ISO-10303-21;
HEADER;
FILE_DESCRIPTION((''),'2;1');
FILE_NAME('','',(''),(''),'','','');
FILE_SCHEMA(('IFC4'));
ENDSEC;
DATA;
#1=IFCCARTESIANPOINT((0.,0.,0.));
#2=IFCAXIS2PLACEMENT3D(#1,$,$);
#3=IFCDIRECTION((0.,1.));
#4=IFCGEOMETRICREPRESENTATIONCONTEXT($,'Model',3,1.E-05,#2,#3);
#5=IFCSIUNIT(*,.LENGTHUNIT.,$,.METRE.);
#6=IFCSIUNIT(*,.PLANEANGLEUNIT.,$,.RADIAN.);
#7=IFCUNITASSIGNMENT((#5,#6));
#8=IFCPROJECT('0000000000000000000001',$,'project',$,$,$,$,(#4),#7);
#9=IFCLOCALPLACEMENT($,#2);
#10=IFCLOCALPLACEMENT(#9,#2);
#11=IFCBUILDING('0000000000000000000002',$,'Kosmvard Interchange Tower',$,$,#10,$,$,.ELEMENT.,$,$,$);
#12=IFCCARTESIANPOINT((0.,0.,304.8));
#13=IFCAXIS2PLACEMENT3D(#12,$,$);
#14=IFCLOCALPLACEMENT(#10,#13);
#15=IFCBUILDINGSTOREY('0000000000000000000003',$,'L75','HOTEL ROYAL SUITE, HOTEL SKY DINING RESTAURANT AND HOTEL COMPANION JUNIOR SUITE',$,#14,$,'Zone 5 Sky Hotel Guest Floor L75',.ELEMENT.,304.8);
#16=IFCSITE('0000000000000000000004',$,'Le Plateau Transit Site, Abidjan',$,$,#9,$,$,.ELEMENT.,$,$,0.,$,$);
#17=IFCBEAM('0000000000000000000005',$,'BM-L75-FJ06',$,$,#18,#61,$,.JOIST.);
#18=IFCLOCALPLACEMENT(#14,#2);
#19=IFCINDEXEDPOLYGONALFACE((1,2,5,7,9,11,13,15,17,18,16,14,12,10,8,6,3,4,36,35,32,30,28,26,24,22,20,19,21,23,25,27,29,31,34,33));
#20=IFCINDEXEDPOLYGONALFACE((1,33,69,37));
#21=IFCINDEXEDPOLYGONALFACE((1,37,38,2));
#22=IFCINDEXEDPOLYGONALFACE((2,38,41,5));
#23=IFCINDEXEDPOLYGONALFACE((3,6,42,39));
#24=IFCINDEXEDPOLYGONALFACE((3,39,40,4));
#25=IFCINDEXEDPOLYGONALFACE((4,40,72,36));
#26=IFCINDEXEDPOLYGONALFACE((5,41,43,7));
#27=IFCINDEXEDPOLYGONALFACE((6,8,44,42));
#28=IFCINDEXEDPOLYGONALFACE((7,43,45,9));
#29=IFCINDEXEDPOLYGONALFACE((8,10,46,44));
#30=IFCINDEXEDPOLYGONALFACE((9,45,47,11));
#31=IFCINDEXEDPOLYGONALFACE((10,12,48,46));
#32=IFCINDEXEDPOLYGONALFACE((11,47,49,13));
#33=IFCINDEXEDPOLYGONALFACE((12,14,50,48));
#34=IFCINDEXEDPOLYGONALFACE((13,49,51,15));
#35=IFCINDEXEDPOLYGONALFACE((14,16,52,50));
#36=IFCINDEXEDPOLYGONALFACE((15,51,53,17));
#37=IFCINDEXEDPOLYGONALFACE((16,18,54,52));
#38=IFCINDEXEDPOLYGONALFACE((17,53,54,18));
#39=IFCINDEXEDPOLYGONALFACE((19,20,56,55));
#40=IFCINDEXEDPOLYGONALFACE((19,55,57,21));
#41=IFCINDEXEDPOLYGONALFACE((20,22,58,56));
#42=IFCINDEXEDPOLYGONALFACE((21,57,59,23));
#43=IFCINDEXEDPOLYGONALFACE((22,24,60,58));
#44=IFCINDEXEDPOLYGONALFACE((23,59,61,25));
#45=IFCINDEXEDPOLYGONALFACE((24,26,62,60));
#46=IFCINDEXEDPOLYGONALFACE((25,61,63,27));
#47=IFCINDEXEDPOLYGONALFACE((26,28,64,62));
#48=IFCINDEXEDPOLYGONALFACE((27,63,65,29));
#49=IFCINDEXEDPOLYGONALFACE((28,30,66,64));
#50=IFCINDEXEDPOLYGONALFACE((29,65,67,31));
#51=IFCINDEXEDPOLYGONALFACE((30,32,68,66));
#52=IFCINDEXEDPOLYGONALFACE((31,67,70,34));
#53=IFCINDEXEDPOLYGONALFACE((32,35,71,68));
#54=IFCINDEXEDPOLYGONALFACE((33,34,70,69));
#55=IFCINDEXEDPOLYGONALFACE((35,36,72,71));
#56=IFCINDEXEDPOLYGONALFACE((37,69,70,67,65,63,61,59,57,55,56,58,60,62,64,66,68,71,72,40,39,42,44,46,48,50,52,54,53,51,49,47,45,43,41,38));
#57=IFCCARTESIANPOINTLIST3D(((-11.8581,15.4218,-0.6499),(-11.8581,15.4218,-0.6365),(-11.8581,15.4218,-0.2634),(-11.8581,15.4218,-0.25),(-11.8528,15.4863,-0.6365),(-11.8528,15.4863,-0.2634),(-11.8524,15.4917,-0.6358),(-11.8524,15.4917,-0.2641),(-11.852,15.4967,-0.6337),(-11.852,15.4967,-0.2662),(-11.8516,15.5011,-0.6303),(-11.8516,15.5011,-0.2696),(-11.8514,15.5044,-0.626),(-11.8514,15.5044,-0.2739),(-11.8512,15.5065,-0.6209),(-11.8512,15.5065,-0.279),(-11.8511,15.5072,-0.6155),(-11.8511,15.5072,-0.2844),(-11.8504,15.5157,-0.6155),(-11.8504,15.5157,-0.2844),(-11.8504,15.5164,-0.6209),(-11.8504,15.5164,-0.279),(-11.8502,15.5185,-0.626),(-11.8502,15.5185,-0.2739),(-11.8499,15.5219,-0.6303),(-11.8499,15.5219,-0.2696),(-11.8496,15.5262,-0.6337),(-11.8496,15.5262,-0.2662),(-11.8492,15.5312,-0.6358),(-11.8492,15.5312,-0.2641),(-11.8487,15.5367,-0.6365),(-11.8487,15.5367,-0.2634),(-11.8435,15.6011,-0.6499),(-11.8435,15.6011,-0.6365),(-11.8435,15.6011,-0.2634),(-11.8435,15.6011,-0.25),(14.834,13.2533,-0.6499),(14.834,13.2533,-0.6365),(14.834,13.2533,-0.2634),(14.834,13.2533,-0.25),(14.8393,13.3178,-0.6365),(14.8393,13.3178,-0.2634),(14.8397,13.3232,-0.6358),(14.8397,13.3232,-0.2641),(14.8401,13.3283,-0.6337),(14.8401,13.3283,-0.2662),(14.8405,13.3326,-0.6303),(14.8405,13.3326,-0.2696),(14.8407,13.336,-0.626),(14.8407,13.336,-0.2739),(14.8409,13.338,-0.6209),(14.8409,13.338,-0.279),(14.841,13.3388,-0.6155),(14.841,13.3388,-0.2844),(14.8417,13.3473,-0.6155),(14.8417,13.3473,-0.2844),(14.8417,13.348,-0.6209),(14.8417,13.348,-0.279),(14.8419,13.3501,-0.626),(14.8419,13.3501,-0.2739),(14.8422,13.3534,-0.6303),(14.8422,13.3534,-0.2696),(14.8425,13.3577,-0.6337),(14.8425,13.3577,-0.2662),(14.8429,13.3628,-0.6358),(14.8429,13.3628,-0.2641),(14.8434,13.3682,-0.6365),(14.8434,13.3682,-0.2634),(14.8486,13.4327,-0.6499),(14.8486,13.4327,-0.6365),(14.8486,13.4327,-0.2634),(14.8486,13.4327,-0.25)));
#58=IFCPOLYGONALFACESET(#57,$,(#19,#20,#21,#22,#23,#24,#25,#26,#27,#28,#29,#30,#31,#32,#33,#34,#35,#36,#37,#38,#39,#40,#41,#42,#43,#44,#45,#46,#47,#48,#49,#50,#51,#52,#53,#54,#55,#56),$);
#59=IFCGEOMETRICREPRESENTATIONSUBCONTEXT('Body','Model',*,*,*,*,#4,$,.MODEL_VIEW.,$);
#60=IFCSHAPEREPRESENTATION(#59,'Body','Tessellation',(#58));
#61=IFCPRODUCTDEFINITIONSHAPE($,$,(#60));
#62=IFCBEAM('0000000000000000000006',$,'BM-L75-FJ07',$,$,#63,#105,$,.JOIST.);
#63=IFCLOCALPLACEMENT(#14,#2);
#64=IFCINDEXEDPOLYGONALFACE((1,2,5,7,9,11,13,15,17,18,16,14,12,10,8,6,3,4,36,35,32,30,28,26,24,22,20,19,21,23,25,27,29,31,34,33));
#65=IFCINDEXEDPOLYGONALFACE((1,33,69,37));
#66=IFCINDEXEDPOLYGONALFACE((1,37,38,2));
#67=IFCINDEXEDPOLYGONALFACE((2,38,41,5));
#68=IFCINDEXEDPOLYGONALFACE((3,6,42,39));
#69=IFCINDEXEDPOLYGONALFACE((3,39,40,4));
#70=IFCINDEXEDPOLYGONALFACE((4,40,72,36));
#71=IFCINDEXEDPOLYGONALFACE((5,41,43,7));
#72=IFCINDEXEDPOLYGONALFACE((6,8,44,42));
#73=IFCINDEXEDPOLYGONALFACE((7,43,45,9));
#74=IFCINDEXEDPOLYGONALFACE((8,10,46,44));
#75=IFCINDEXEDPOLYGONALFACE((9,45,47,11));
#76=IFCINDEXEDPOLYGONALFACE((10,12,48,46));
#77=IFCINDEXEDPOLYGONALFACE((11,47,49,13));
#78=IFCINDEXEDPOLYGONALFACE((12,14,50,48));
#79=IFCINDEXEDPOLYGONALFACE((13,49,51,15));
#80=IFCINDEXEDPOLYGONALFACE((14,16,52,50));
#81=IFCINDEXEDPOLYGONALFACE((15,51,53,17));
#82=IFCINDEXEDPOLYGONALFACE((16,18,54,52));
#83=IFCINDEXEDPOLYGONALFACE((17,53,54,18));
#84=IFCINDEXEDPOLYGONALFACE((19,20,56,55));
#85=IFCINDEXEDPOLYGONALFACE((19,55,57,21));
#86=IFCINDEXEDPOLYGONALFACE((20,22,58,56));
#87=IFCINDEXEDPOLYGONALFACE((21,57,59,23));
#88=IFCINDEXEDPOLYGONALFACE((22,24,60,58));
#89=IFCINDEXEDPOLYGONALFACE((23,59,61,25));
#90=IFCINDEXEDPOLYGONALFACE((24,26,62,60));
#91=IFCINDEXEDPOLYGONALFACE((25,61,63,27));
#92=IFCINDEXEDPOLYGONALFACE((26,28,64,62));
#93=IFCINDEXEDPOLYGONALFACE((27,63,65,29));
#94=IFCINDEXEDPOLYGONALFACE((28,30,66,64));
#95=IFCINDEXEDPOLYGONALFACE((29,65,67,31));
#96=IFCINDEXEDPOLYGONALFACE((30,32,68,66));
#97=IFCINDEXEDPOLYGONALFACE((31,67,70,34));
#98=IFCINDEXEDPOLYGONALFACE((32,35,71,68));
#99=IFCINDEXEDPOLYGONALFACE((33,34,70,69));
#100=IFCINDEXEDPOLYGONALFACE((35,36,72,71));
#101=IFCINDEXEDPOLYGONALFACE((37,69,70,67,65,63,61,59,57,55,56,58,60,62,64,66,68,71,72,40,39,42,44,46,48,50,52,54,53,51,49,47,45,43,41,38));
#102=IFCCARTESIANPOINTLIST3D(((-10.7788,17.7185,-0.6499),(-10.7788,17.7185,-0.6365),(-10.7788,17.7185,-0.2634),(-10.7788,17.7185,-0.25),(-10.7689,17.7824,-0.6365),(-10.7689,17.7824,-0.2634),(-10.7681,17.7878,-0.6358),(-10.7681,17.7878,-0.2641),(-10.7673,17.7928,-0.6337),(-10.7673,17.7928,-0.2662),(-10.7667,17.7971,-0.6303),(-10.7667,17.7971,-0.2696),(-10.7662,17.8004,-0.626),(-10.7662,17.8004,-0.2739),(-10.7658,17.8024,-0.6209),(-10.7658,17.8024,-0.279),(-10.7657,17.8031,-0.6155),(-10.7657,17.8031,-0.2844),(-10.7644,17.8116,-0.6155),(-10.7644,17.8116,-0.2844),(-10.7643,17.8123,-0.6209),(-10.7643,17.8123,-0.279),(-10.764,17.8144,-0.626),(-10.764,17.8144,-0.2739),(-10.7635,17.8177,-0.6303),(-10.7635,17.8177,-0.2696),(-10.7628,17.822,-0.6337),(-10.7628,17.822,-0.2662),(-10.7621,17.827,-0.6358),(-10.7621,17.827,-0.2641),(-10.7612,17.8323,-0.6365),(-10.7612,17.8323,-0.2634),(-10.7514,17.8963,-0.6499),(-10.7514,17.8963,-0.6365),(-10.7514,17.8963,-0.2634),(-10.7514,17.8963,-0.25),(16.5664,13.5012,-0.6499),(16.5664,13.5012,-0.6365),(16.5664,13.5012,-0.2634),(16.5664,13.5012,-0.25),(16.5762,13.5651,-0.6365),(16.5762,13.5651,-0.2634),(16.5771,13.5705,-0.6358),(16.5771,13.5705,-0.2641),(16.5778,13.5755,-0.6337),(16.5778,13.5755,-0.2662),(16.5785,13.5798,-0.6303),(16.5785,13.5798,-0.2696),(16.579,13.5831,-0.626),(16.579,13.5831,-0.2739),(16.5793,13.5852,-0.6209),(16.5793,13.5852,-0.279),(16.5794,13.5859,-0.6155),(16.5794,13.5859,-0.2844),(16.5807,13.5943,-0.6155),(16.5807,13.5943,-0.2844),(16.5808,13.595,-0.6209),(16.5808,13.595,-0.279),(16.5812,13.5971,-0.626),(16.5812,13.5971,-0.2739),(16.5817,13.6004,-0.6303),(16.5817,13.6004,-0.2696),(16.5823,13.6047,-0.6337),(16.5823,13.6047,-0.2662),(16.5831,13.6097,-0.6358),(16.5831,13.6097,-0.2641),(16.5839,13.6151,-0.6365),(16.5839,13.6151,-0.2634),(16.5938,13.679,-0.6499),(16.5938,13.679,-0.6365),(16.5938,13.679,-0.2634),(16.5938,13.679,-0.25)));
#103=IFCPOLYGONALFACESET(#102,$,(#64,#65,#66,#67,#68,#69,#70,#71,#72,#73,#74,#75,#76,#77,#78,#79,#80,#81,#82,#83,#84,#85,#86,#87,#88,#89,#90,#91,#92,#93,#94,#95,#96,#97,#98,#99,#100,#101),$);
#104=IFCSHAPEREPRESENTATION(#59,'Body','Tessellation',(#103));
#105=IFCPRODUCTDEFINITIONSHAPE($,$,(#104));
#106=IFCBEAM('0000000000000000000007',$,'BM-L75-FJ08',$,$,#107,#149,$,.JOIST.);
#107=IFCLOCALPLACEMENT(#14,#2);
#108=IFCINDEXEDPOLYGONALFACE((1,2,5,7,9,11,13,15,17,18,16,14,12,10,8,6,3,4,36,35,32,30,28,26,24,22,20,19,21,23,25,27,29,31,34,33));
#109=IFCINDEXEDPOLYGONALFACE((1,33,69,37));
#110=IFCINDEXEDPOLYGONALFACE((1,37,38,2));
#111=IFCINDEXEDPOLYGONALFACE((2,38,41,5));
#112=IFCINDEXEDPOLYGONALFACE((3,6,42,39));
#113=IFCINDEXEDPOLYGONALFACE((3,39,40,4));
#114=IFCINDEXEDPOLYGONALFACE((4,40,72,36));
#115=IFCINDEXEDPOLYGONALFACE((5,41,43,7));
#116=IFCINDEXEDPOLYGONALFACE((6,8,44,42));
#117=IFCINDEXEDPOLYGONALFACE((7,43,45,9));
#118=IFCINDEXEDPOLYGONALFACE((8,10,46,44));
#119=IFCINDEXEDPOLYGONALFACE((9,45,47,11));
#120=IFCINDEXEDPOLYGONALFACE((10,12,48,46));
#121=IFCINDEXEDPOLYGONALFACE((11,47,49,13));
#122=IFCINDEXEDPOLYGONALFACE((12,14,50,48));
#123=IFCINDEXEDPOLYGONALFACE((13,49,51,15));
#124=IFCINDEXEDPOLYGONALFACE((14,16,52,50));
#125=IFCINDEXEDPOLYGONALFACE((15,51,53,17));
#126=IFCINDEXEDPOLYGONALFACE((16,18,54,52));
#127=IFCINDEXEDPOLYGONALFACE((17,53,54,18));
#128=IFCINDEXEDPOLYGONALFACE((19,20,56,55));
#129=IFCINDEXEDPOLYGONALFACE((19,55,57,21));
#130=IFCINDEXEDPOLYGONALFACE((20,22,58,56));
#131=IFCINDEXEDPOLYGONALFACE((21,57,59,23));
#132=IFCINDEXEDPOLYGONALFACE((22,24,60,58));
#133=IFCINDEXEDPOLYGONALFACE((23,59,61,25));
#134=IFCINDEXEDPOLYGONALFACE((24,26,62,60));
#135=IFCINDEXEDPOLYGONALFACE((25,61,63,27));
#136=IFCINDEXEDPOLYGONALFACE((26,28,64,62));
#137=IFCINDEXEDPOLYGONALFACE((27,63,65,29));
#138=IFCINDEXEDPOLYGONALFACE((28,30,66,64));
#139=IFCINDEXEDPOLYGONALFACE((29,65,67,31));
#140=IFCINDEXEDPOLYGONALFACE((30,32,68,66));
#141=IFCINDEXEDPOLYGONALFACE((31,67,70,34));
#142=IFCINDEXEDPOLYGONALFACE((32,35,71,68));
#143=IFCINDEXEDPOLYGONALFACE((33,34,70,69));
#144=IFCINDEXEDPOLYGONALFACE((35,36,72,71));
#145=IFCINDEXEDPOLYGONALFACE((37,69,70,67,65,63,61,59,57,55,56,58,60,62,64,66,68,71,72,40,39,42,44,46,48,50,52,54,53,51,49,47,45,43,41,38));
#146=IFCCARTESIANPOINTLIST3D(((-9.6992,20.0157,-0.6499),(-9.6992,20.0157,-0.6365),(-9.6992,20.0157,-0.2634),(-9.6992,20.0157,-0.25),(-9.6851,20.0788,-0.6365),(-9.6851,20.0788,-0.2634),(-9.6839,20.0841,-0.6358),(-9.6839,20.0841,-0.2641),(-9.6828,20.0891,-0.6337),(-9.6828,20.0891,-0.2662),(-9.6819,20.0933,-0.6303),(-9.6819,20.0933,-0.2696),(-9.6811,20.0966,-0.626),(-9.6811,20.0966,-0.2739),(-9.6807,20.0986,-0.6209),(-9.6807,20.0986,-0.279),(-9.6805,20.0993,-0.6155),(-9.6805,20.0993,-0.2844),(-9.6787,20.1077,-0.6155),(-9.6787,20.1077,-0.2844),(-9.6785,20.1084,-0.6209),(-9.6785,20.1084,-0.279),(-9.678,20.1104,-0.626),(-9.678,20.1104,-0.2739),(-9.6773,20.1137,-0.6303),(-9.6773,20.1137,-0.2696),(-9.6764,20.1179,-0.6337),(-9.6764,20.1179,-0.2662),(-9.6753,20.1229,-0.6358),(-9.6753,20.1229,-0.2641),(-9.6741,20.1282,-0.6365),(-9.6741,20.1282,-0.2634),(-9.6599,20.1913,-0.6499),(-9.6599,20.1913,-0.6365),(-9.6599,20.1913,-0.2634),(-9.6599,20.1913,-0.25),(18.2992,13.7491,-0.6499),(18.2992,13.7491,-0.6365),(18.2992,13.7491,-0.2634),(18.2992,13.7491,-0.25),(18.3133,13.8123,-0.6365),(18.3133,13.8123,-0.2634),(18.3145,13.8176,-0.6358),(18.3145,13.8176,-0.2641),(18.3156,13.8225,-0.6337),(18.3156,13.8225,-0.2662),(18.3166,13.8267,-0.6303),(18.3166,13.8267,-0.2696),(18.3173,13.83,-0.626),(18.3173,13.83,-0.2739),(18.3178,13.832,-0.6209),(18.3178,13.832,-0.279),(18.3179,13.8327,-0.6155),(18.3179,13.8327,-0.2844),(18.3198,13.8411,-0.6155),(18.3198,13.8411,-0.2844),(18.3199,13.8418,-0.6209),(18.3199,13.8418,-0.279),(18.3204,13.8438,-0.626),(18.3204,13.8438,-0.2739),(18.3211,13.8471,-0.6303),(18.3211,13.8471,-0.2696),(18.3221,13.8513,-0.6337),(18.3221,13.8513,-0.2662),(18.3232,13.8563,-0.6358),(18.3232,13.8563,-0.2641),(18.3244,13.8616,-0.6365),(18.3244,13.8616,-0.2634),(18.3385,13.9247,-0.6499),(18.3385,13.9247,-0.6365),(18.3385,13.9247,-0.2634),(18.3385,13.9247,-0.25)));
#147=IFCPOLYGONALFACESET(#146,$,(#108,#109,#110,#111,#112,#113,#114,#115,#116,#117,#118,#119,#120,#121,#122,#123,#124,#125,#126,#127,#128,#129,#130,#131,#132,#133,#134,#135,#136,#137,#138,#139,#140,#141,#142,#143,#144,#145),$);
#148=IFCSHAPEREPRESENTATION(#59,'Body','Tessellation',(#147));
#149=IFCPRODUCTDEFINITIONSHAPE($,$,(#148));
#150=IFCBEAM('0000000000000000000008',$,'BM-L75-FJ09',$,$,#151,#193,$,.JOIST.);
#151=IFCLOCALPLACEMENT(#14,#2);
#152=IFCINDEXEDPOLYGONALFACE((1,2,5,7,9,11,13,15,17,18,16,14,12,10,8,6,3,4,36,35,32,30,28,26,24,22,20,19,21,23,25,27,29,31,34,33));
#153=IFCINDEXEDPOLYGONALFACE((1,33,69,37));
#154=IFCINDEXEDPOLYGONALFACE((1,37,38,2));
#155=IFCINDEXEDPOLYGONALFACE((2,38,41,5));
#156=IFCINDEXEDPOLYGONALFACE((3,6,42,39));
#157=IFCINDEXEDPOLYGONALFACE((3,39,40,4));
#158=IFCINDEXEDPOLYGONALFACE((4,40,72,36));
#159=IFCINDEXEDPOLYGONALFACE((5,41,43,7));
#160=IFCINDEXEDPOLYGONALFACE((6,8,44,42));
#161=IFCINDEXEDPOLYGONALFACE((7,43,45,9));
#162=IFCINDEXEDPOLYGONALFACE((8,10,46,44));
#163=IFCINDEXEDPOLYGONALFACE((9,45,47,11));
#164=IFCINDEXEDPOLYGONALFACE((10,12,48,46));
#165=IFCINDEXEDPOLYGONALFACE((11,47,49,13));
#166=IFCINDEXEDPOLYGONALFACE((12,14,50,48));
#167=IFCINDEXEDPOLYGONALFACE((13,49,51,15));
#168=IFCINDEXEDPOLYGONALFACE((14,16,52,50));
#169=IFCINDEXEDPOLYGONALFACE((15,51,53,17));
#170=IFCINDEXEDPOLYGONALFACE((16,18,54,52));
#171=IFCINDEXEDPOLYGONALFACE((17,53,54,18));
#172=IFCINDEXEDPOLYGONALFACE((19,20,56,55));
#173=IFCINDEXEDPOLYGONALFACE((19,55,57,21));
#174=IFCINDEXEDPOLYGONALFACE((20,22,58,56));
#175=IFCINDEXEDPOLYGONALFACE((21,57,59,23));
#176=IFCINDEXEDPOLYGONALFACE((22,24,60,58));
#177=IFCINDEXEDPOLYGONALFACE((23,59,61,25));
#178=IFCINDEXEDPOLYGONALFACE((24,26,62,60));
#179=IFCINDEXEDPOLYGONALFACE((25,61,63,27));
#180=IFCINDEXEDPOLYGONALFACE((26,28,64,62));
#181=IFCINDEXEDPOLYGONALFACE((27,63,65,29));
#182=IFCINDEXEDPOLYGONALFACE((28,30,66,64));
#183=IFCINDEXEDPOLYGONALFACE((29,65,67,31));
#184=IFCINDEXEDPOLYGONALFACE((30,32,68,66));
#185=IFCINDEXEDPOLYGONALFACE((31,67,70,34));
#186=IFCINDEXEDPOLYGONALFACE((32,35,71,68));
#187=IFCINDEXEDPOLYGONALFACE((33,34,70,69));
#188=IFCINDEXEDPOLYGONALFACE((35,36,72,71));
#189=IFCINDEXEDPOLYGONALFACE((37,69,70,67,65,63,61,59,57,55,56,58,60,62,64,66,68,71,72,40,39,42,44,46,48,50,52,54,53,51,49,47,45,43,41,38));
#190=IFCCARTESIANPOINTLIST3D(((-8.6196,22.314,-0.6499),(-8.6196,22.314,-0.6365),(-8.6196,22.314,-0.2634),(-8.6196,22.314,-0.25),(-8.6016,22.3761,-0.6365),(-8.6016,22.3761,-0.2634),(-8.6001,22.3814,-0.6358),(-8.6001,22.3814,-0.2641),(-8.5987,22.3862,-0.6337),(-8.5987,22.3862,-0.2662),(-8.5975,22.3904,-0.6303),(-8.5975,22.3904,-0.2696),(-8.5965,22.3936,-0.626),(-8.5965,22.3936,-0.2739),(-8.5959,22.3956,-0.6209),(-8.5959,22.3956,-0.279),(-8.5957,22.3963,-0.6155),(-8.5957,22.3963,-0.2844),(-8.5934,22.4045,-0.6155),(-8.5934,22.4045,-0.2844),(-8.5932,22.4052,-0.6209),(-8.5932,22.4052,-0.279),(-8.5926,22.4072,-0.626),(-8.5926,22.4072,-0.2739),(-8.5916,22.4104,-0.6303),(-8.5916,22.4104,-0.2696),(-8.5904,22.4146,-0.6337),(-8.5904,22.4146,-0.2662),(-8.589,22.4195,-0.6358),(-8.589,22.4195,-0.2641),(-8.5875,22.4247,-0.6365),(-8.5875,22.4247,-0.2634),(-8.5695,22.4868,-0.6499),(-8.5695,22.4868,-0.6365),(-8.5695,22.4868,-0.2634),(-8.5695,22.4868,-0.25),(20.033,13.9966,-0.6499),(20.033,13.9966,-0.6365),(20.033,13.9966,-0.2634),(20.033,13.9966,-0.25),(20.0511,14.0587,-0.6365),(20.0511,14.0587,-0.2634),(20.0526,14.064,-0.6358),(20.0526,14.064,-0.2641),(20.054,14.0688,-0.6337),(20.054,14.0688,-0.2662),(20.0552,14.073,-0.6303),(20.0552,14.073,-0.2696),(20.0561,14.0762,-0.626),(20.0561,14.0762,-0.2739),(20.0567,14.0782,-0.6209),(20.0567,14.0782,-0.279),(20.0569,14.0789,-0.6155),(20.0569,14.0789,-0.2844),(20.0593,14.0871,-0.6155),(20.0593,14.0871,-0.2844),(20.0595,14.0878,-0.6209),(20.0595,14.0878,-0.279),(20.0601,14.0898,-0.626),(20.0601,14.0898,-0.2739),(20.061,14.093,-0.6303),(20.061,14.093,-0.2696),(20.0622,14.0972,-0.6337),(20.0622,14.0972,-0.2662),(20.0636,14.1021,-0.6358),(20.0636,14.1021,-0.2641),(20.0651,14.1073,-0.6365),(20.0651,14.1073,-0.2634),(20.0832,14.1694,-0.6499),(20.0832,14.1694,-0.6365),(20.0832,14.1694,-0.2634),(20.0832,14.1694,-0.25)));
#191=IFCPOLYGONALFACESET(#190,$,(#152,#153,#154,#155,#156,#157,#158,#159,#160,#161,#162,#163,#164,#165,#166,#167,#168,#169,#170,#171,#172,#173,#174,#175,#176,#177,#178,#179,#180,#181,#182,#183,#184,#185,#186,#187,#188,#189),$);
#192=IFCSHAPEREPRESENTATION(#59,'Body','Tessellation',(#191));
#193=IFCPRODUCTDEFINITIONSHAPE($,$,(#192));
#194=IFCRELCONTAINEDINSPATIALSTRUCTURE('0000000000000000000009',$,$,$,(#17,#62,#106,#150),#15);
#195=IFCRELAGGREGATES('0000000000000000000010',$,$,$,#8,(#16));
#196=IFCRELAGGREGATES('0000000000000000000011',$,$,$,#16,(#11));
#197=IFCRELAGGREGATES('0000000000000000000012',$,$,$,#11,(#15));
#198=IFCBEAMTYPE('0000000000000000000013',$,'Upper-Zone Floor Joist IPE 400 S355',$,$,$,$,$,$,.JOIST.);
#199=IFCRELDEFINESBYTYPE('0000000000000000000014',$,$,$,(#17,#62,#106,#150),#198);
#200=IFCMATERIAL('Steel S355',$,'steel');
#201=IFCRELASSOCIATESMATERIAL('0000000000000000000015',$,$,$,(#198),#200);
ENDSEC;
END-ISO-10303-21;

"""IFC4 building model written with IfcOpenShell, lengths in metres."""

from ifc_helpers import new_model, si_unit, direction, frame, origin, origin_2d, place, context, subcontext, project, spatial, i_section, extrude, source, transform, mapped, material, material_profile, profile_set, type_object, element, save


model = new_model("IFC4")

# Units and contexts
model_context = context("Model", 3, precision=1e-05, world=origin(), true_north=direction((0.0, 1.0)))
body_context = subcontext(model_context, "Body", "Model", "MODEL_VIEW")
ifc_project = project(units=[si_unit("LENGTHUNIT", "METRE"), si_unit("PLANEANGLEUNIT", "RADIAN")], contexts=[model_context])

# Site, building, storey
site_placement = place(None, origin())
site = spatial("IfcSite", under=ifc_project, at=site_placement, Name="Le Plateau Transit Site, Abidjan", CompositionType="ELEMENT", RefElevation=0.0)
building_placement = place(site_placement, origin())
building = spatial("IfcBuilding", under=site, at=building_placement, Name="Kosmvard Interchange Tower", CompositionType="ELEMENT")
storey_placement = place(building_placement, frame((0.0, 0.0, 304.8)))
storey = spatial("IfcBuildingStorey", under=building, at=storey_placement, Name="L75", Description="HOTEL ROYAL SUITE, HOTEL SKY DINING RESTAURANT AND HOTEL COMPANION JUNIOR SUITE", LongName="Zone 5 Sky Hotel Guest Floor L75", CompositionType="ELEMENT", Elevation=304.8)

# Beams
ifc_material_1 = material(Name="Steel S355", Category="steel")
ifc_material_profile_1 = material_profile(ifc_material_1, i_section(OverallWidth=0.1799, OverallDepth=0.3999, WebThickness=0.0085, FlangeThickness=0.0134, FilletRadius=0.021, at=origin_2d()), Name="IPE 400")
ifc_profile_set_1 = profile_set([ifc_material_profile_1], Name="Steel S355")
beam_type_1 = type_object("IfcBeamType", Name="Upper-Zone Floor Joist IPE 400 S355", PredefinedType="JOIST", material=ifc_profile_set_1)
shared_shape_1 = source(origin(), body_context, "Body", "SweptSolid", [
    extrude(i_section(OverallWidth=0.1799, OverallDepth=0.3999, WebThickness=0.0085, FlangeThickness=0.0134, FilletRadius=0.021, at=origin_2d()), origin(), (0.0, 0.0, 1.0), 26.78),
])
beam_1_placement = place(storey_placement, frame((14.8413, 13.343, -0.45), z_axis=(-0.996716, 0.080973, 0.0), x_axis=(-0.080973, -0.996716, 0.0)))
element("IfcBeam", 1, at=beam_1_placement, inside=storey, type_object=beam_type_1, Name="BM-L75-FJ06", PredefinedType="JOIST", context=body_context, shape_type="MappedRepresentation", body=[
    mapped(shared_shape_1, transform((0.0, 0.0, 0.0), scale=1.0)),
])
shared_shape_2 = source(origin(), body_context, "Body", "SweptSolid", [
    extrude(i_section(OverallWidth=0.1799, OverallDepth=0.3999, WebThickness=0.0085, FlangeThickness=0.0134, FilletRadius=0.021, at=origin_2d()), origin(), (0.0, 0.0, 1.0), 27.6685),
])
beam_2_placement = place(storey_placement, frame((16.5801, 13.5901, -0.45), z_axis=(-0.988316, 0.152422, 0.0), x_axis=(-0.152422, -0.988316, 0.0)))
element("IfcBeam", 2, at=beam_2_placement, inside=storey, type_object=beam_type_1, Name="BM-L75-FJ07", PredefinedType="JOIST", context=body_context, shape_type="MappedRepresentation", body=[
    mapped(shared_shape_2, transform((0.0, 0.0, 0.0), scale=1.0)),
])
shared_shape_3 = source(origin(), body_context, "Body", "SweptSolid", [
    extrude(i_section(OverallWidth=0.1799, OverallDepth=0.3999, WebThickness=0.0085, FlangeThickness=0.0134, FilletRadius=0.021, at=origin_2d()), origin(), (0.0, 0.0, 1.0), 28.6912),
])
beam_3_placement = place(storey_placement, frame((18.3188, 13.8369, -0.45), z_axis=(-0.975856, 0.218415, 0.0), x_axis=(-0.218415, -0.975856, 0.0)))
element("IfcBeam", 3, at=beam_3_placement, inside=storey, type_object=beam_type_1, Name="BM-L75-FJ08", PredefinedType="JOIST", context=body_context, shape_type="MappedRepresentation", body=[
    mapped(shared_shape_3, transform((0.0, 0.0, 0.0), scale=1.0)),
])
shared_shape_4 = source(origin(), body_context, "Body", "SweptSolid", [
    extrude(i_section(OverallWidth=0.1799, OverallDepth=0.3999, WebThickness=0.0085, FlangeThickness=0.0134, FilletRadius=0.021, at=origin_2d()), origin(), (0.0, 0.0, 1.0), 29.8354),
])
beam_4_placement = place(storey_placement, frame((20.0581, 14.083, -0.45), z_axis=(-0.960356, 0.278776, 0.0), x_axis=(-0.278776, -0.960356, 0.0)))
element("IfcBeam", 4, at=beam_4_placement, inside=storey, type_object=beam_type_1, Name="BM-L75-FJ09", PredefinedType="JOIST", context=body_context, shape_type="MappedRepresentation", body=[
    mapped(shared_shape_4, transform((0.0, 0.0, 0.0), scale=1.0)),
])

save(model, "model.ifc")
